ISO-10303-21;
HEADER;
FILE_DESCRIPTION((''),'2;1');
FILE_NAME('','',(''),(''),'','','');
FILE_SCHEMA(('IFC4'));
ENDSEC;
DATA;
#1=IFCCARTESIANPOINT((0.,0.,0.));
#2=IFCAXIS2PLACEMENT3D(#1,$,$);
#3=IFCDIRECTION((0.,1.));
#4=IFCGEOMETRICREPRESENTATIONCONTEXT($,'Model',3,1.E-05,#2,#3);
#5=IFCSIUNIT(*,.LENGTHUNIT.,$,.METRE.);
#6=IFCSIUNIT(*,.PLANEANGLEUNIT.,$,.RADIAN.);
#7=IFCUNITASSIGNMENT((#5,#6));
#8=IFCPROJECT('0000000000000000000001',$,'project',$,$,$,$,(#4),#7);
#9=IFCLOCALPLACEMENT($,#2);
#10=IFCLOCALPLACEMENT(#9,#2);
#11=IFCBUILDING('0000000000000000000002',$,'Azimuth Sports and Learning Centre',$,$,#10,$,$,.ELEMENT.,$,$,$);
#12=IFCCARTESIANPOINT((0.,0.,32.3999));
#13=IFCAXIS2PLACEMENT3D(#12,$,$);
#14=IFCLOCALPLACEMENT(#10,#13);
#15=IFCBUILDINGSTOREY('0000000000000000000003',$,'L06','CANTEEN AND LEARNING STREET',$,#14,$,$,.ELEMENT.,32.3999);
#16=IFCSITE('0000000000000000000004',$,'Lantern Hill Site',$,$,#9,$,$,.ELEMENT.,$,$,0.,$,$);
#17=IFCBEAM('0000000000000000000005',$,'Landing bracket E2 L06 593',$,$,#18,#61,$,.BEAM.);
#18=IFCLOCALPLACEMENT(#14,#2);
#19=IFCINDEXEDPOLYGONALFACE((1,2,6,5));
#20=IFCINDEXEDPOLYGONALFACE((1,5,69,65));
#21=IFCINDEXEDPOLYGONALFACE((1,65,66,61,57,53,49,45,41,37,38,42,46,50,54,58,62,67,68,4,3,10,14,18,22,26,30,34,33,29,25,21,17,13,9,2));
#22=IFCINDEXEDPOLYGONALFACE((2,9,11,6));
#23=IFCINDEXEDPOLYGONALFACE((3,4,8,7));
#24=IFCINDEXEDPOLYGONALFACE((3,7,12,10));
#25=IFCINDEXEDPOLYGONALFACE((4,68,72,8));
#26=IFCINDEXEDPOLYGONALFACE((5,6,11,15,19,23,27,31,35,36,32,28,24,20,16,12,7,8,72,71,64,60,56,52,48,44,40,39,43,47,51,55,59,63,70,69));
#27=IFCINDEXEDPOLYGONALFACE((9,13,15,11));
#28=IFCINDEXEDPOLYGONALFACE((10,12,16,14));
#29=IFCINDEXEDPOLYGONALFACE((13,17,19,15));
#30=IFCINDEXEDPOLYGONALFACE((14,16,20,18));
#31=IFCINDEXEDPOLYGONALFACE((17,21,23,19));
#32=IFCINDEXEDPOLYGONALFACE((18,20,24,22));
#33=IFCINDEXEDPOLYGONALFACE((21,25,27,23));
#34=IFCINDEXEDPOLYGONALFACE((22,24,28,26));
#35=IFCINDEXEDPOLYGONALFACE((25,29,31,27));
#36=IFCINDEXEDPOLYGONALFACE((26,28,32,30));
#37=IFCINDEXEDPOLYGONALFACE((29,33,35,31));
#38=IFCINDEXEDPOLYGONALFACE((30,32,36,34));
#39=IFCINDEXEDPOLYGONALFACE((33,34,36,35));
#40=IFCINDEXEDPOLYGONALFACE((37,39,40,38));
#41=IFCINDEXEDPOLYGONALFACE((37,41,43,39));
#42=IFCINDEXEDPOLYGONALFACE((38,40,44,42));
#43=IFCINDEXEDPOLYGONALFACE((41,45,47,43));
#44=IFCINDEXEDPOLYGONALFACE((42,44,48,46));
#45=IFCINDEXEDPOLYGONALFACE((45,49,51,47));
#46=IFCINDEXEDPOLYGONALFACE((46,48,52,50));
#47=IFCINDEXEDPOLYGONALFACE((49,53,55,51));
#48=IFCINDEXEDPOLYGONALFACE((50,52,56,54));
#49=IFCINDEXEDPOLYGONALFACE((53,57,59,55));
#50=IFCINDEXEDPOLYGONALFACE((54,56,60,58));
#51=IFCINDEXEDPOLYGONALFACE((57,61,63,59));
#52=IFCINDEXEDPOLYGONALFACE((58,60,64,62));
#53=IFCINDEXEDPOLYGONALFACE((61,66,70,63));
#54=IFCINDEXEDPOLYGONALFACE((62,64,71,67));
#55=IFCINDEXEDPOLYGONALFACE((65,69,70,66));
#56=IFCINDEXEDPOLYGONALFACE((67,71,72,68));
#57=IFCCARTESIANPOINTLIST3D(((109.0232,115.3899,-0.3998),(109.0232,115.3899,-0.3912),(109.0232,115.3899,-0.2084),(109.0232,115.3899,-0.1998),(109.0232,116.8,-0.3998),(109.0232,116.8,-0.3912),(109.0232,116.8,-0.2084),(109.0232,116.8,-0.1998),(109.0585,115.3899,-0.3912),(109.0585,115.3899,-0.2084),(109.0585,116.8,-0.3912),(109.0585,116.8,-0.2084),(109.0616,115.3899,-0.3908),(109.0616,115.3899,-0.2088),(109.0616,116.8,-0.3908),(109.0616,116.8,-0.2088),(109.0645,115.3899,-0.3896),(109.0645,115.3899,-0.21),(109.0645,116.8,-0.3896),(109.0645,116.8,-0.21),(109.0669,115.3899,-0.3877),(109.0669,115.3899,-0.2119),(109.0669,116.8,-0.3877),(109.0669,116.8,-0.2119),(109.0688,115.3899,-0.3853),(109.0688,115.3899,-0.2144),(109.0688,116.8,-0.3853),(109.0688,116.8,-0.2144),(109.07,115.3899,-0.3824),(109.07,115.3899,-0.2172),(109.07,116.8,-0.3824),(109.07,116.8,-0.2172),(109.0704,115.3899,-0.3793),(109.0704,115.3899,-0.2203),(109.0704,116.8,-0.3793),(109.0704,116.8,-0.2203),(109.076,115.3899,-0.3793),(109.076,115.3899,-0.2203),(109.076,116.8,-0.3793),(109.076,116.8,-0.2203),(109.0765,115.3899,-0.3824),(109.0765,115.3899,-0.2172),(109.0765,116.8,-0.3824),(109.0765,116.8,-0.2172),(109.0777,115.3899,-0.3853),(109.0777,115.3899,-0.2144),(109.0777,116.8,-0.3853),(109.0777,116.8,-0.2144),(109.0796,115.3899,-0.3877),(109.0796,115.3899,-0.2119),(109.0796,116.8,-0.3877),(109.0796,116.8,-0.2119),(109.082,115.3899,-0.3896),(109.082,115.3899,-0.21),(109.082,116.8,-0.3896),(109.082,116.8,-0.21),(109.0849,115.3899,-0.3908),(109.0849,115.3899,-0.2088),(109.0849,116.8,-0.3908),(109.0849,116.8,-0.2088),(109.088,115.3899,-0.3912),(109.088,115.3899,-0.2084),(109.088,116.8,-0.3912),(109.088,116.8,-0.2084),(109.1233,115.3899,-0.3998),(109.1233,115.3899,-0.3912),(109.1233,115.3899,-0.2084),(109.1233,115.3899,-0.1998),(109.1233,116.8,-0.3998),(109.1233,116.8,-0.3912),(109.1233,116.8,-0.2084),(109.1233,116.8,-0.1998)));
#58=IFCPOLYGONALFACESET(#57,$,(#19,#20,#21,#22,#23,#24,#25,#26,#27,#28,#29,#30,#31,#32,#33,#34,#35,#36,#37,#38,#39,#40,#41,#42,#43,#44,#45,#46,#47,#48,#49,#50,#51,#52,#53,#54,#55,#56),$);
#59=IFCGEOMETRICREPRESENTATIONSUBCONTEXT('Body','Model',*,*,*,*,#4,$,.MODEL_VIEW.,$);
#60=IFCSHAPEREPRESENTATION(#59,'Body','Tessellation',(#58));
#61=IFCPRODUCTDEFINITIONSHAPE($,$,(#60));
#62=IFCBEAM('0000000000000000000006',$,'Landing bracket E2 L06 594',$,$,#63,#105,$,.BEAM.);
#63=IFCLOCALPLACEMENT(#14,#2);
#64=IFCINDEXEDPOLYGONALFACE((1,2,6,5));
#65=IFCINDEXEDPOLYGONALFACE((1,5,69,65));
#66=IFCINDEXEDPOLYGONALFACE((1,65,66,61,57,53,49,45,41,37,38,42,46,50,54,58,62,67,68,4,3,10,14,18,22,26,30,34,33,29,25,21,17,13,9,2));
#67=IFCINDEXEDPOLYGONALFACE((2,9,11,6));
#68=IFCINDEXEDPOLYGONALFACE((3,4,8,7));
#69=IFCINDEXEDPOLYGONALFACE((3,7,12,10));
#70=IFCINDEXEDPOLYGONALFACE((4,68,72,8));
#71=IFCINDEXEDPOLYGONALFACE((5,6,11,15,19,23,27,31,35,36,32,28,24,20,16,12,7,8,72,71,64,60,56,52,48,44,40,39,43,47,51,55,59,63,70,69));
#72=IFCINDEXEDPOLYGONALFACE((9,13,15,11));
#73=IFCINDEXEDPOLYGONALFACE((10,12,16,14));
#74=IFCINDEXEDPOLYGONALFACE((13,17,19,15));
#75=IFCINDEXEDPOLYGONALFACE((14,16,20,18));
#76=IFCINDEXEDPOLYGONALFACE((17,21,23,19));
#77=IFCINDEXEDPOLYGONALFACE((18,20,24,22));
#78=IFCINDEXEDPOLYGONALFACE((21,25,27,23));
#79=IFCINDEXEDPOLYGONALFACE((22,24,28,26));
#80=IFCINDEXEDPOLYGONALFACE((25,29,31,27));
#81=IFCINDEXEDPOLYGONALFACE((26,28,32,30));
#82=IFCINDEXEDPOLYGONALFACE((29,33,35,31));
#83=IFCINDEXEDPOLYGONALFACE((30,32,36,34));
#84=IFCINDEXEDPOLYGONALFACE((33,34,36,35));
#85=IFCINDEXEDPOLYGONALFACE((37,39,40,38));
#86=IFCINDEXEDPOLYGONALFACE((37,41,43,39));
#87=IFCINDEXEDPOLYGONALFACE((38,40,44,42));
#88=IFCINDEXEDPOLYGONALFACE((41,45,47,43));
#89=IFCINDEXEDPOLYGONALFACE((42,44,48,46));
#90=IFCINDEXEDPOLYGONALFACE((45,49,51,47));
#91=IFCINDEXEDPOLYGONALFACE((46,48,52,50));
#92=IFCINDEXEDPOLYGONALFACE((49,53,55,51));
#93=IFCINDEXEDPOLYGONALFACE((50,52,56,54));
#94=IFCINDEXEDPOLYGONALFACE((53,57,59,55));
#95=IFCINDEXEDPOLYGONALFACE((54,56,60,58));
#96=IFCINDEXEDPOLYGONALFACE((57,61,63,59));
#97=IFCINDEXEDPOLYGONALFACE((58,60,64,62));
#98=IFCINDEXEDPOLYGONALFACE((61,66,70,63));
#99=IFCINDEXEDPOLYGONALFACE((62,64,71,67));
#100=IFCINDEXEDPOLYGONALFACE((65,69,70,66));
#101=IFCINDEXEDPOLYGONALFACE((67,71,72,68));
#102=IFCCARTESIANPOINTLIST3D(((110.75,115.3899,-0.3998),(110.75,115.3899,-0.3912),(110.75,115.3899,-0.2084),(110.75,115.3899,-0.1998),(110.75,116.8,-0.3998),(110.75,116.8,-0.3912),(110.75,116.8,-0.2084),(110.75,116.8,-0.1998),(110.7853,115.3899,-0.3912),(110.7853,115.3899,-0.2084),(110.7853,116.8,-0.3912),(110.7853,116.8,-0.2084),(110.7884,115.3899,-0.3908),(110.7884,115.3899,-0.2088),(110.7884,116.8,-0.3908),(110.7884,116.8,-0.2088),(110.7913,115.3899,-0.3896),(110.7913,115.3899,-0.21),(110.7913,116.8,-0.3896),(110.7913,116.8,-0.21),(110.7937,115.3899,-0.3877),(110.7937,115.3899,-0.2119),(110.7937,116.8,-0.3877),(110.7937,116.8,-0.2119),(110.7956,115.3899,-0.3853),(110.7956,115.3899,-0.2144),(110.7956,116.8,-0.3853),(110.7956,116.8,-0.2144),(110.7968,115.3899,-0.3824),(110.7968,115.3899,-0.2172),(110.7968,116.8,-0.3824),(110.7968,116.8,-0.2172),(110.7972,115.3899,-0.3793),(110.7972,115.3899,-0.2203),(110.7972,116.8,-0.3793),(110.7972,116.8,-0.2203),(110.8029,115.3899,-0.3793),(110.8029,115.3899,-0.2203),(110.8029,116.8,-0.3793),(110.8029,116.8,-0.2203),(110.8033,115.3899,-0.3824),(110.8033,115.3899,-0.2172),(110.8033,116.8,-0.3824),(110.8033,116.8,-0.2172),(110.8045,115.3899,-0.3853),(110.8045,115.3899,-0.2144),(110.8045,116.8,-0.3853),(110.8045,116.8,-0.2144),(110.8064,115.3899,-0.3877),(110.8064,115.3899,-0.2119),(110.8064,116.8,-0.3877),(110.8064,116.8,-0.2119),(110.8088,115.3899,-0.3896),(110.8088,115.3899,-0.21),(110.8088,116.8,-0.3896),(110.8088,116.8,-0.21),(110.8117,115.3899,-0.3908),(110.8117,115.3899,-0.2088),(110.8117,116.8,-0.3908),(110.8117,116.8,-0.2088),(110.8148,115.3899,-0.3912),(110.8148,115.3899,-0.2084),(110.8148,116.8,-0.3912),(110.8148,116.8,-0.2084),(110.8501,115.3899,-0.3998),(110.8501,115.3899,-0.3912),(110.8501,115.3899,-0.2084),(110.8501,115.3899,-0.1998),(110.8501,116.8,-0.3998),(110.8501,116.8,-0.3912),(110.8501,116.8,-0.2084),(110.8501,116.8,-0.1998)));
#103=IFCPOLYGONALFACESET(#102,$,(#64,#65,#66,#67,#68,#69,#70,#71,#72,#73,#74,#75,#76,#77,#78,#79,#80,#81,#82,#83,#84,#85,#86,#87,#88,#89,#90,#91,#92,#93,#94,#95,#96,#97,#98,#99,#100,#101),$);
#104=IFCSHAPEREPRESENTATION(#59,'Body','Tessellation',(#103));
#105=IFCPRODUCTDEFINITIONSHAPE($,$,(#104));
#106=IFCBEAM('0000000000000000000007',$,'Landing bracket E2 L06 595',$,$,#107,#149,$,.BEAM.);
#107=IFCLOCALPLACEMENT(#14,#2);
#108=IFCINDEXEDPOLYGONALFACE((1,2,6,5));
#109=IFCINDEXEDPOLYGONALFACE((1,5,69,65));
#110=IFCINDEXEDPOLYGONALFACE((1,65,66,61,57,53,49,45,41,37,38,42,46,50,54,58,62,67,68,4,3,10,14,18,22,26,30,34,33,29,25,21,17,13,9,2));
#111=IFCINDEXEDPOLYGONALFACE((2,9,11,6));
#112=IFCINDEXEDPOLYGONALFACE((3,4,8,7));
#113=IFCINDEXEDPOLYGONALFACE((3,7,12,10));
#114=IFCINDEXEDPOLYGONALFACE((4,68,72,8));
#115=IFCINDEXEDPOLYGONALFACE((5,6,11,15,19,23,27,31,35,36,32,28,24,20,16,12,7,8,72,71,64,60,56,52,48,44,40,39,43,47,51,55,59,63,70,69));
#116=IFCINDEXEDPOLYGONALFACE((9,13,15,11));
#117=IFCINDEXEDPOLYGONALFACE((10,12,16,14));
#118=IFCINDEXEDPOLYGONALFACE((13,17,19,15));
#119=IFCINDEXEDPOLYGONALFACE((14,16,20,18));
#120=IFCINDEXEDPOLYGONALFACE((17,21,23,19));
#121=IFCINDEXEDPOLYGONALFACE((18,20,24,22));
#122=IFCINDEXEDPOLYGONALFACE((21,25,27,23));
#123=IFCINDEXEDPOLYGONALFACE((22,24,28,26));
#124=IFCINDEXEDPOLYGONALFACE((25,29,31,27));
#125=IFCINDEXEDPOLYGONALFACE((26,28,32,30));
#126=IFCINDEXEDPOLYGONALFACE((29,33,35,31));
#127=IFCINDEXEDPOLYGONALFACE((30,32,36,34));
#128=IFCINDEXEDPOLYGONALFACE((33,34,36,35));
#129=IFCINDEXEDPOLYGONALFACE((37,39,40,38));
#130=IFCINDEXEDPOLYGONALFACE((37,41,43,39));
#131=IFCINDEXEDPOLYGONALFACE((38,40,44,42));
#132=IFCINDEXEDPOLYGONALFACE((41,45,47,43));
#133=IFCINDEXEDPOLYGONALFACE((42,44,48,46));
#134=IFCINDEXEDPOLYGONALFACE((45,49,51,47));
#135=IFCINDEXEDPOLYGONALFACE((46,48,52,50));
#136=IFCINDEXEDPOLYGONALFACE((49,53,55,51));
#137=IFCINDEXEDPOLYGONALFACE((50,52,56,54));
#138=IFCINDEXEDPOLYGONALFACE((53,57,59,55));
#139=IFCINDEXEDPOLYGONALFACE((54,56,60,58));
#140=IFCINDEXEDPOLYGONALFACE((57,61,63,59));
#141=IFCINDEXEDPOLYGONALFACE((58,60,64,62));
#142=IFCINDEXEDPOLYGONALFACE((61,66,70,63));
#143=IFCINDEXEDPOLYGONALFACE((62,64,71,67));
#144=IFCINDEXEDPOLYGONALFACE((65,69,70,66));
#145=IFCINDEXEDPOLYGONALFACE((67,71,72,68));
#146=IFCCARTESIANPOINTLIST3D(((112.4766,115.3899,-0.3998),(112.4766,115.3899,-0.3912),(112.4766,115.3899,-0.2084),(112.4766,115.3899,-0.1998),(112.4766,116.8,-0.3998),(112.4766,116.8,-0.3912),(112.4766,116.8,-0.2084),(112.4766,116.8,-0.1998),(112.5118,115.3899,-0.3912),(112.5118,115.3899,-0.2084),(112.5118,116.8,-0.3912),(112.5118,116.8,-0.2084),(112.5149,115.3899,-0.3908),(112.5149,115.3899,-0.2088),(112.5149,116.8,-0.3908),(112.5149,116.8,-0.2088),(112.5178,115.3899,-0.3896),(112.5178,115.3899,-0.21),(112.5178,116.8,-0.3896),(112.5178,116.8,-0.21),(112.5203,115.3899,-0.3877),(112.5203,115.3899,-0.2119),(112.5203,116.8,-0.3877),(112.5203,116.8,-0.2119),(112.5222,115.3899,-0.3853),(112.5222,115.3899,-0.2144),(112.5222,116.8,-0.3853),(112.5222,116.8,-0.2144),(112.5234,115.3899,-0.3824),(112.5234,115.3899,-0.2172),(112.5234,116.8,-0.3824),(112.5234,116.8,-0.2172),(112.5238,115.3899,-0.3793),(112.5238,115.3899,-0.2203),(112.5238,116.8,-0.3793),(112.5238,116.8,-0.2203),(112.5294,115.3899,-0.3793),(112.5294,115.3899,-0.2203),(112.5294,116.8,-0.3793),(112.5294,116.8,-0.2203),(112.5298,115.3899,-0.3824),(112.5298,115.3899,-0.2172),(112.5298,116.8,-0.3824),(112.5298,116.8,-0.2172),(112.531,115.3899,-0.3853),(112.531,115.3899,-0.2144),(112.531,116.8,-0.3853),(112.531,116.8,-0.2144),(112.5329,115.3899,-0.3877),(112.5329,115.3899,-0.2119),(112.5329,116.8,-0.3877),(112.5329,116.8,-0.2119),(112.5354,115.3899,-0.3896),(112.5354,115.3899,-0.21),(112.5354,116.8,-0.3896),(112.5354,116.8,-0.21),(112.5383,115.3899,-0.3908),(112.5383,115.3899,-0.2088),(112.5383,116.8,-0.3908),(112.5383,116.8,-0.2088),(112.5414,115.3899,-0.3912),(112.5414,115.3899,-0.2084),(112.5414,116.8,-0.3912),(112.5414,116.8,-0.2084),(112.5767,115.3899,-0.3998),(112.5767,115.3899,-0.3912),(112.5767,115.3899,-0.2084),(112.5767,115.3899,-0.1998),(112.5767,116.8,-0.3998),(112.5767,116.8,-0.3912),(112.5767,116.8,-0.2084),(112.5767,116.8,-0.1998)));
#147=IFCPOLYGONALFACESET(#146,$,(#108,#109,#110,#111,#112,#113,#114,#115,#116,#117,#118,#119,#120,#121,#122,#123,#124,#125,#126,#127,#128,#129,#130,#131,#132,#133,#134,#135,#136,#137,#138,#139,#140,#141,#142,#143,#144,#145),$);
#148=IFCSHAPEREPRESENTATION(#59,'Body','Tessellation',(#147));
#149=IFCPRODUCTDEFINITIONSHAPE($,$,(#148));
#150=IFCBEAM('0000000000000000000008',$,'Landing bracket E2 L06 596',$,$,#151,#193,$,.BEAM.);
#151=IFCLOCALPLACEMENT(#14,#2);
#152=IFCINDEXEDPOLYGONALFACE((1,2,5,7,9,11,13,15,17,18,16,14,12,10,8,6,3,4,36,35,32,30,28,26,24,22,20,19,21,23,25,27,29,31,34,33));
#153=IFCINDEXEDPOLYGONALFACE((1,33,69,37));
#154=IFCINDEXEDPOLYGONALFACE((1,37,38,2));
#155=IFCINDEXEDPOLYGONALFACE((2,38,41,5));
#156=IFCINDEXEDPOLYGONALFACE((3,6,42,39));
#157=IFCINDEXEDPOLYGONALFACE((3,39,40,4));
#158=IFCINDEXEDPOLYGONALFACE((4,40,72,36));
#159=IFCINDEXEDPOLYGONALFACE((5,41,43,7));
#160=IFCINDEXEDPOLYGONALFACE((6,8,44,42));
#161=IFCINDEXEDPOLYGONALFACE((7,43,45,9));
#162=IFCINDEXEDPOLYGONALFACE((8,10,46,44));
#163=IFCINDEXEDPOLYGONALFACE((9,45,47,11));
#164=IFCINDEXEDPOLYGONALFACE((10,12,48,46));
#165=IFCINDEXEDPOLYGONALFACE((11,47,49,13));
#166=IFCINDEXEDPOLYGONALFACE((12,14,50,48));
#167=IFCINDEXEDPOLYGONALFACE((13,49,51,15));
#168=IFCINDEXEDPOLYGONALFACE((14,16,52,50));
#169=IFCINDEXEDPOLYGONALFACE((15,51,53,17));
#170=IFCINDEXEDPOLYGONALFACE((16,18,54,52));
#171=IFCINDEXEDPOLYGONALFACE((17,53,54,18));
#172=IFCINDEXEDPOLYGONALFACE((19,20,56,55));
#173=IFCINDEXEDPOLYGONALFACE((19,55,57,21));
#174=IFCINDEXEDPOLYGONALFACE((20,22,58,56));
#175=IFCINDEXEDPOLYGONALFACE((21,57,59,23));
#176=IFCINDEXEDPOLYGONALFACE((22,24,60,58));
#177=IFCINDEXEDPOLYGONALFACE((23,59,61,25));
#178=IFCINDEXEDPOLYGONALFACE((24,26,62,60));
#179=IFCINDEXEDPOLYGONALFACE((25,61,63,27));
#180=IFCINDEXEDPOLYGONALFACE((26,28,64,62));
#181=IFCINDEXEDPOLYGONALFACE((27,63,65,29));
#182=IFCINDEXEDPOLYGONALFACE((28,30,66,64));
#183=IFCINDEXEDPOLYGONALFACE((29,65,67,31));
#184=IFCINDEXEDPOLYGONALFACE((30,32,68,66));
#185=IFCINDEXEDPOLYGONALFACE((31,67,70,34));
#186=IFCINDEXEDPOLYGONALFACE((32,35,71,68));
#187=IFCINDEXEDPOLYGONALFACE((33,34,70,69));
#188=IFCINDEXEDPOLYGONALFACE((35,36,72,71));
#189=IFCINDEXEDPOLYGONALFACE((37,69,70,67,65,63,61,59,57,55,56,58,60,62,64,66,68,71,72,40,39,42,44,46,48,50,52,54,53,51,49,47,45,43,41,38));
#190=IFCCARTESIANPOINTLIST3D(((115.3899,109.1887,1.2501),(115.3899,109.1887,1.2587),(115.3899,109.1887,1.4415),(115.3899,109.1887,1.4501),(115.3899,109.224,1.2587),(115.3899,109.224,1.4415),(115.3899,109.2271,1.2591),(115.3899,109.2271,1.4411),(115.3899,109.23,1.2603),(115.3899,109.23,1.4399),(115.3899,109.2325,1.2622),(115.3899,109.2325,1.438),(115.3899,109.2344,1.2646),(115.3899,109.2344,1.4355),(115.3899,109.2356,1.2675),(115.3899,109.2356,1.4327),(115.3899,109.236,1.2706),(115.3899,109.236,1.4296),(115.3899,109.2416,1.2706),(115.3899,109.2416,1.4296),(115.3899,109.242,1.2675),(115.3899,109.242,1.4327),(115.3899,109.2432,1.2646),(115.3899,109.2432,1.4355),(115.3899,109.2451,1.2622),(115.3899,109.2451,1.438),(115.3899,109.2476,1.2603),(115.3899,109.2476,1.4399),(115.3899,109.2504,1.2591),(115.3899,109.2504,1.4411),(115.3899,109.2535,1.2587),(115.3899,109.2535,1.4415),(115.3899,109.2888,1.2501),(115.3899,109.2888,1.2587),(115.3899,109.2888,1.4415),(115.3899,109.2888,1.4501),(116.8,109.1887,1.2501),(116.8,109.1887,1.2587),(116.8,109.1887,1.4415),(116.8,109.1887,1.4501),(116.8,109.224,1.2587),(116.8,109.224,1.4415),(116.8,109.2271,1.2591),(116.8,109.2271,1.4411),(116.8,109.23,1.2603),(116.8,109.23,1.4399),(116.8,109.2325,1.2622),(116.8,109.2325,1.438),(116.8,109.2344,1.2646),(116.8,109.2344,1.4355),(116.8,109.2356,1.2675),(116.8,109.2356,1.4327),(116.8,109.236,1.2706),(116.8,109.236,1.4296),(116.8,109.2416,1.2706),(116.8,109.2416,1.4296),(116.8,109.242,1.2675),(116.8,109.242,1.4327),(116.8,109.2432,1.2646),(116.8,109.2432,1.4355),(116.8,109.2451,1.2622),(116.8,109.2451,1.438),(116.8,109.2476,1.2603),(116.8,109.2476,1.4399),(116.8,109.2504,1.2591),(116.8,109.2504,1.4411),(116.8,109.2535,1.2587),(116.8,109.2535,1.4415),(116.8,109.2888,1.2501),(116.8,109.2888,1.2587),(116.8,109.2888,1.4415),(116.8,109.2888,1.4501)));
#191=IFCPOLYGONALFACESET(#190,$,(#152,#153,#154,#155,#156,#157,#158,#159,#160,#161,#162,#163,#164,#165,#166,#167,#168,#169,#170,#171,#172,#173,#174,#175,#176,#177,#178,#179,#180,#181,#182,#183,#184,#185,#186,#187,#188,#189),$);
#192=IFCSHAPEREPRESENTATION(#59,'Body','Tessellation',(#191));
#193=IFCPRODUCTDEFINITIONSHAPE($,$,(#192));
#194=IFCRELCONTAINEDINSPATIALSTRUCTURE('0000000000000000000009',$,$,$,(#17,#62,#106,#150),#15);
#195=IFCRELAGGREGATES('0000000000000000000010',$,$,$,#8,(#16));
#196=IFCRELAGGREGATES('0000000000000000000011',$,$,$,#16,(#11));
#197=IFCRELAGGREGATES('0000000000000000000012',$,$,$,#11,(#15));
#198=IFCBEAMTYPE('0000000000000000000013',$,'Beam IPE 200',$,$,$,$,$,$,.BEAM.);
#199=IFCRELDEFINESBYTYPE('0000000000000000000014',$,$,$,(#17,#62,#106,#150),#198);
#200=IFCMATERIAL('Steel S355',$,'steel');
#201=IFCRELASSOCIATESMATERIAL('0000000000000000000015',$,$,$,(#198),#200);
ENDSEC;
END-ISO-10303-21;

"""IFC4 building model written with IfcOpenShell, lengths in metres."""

from ifc_helpers import new_model, si_unit, direction, frame, origin, origin_2d, place, context, subcontext, project, spatial, i_section, extrude, material, material_profile, profile_set, type_object, element, save


model = new_model("IFC4")

# Units and contexts
model_context = context("Model", 3, precision=1e-05, world=origin(), true_north=direction((0.0, 1.0)))
body_context = subcontext(model_context, "Body", "Model", "MODEL_VIEW")
ifc_project = project(units=[si_unit("LENGTHUNIT", "METRE"), si_unit("PLANEANGLEUNIT", "RADIAN")], contexts=[model_context])

# Site, building, storey
site_placement = place(None, origin())
site = spatial("IfcSite", under=ifc_project, at=site_placement, Name="Lantern Hill Site", CompositionType="ELEMENT", RefElevation=0.0)
building_placement = place(site_placement, origin())
building = spatial("IfcBuilding", under=site, at=building_placement, Name="Azimuth Sports and Learning Centre", CompositionType="ELEMENT")
storey_placement = place(building_placement, frame((0.0, 0.0, 32.3999)))
storey = spatial("IfcBuildingStorey", under=building, at=storey_placement, Name="L06", Description="CANTEEN AND LEARNING STREET", CompositionType="ELEMENT", Elevation=32.3999)

# Beams
ifc_material_1 = material(Name="Steel S355", Category="steel")
ifc_material_profile_1 = material_profile(ifc_material_1, i_section(OverallWidth=0.1001, OverallDepth=0.2, WebThickness=0.0056, FlangeThickness=0.0085, FilletRadius=0.012, at=origin_2d()), Name="IPE 200")
ifc_profile_set_1 = profile_set([ifc_material_profile_1], Name="Steel S355")
beam_type_1 = type_object("IfcBeamType", Name="Beam IPE 200", PredefinedType="BEAM", material=ifc_profile_set_1)
for number, where, z_axis, x_axis, name in (
    (1, (109.0732, 116.8, -0.2998), (0.0, -1.0, 0.0), (1.0, 0.0, 0.0), "Landing bracket E2 L06 593"),
    (2, (110.8, 116.8, -0.2998), (0.0, -1.0, 0.0), (1.0, 0.0, 0.0), "Landing bracket E2 L06 594"),
    (3, (112.5266, 116.8, -0.2998), (0.0, -1.0, 0.0), (1.0, 0.0, 0.0), "Landing bracket E2 L06 595"),
    (4, (116.8, 109.2388, 1.3501), (-1.0, 0.0, 0.0), (0.0, -1.0, 0.0), "Landing bracket E2 L06 596"),
):
    element("IfcBeam", number, at=place(storey_placement, frame(where, z_axis=z_axis, x_axis=x_axis)), inside=storey, type_object=beam_type_1, Name=name, PredefinedType="BEAM", context=body_context, shape_type="SweptSolid", body=[
        extrude(i_section(OverallWidth=0.1001, OverallDepth=0.2, WebThickness=0.0056, FlangeThickness=0.0085, FilletRadius=0.012, at=origin_2d()), origin(), (0.0, 0.0, 1.0), 1.4102),
    ])

save(model, "model.ifc")
